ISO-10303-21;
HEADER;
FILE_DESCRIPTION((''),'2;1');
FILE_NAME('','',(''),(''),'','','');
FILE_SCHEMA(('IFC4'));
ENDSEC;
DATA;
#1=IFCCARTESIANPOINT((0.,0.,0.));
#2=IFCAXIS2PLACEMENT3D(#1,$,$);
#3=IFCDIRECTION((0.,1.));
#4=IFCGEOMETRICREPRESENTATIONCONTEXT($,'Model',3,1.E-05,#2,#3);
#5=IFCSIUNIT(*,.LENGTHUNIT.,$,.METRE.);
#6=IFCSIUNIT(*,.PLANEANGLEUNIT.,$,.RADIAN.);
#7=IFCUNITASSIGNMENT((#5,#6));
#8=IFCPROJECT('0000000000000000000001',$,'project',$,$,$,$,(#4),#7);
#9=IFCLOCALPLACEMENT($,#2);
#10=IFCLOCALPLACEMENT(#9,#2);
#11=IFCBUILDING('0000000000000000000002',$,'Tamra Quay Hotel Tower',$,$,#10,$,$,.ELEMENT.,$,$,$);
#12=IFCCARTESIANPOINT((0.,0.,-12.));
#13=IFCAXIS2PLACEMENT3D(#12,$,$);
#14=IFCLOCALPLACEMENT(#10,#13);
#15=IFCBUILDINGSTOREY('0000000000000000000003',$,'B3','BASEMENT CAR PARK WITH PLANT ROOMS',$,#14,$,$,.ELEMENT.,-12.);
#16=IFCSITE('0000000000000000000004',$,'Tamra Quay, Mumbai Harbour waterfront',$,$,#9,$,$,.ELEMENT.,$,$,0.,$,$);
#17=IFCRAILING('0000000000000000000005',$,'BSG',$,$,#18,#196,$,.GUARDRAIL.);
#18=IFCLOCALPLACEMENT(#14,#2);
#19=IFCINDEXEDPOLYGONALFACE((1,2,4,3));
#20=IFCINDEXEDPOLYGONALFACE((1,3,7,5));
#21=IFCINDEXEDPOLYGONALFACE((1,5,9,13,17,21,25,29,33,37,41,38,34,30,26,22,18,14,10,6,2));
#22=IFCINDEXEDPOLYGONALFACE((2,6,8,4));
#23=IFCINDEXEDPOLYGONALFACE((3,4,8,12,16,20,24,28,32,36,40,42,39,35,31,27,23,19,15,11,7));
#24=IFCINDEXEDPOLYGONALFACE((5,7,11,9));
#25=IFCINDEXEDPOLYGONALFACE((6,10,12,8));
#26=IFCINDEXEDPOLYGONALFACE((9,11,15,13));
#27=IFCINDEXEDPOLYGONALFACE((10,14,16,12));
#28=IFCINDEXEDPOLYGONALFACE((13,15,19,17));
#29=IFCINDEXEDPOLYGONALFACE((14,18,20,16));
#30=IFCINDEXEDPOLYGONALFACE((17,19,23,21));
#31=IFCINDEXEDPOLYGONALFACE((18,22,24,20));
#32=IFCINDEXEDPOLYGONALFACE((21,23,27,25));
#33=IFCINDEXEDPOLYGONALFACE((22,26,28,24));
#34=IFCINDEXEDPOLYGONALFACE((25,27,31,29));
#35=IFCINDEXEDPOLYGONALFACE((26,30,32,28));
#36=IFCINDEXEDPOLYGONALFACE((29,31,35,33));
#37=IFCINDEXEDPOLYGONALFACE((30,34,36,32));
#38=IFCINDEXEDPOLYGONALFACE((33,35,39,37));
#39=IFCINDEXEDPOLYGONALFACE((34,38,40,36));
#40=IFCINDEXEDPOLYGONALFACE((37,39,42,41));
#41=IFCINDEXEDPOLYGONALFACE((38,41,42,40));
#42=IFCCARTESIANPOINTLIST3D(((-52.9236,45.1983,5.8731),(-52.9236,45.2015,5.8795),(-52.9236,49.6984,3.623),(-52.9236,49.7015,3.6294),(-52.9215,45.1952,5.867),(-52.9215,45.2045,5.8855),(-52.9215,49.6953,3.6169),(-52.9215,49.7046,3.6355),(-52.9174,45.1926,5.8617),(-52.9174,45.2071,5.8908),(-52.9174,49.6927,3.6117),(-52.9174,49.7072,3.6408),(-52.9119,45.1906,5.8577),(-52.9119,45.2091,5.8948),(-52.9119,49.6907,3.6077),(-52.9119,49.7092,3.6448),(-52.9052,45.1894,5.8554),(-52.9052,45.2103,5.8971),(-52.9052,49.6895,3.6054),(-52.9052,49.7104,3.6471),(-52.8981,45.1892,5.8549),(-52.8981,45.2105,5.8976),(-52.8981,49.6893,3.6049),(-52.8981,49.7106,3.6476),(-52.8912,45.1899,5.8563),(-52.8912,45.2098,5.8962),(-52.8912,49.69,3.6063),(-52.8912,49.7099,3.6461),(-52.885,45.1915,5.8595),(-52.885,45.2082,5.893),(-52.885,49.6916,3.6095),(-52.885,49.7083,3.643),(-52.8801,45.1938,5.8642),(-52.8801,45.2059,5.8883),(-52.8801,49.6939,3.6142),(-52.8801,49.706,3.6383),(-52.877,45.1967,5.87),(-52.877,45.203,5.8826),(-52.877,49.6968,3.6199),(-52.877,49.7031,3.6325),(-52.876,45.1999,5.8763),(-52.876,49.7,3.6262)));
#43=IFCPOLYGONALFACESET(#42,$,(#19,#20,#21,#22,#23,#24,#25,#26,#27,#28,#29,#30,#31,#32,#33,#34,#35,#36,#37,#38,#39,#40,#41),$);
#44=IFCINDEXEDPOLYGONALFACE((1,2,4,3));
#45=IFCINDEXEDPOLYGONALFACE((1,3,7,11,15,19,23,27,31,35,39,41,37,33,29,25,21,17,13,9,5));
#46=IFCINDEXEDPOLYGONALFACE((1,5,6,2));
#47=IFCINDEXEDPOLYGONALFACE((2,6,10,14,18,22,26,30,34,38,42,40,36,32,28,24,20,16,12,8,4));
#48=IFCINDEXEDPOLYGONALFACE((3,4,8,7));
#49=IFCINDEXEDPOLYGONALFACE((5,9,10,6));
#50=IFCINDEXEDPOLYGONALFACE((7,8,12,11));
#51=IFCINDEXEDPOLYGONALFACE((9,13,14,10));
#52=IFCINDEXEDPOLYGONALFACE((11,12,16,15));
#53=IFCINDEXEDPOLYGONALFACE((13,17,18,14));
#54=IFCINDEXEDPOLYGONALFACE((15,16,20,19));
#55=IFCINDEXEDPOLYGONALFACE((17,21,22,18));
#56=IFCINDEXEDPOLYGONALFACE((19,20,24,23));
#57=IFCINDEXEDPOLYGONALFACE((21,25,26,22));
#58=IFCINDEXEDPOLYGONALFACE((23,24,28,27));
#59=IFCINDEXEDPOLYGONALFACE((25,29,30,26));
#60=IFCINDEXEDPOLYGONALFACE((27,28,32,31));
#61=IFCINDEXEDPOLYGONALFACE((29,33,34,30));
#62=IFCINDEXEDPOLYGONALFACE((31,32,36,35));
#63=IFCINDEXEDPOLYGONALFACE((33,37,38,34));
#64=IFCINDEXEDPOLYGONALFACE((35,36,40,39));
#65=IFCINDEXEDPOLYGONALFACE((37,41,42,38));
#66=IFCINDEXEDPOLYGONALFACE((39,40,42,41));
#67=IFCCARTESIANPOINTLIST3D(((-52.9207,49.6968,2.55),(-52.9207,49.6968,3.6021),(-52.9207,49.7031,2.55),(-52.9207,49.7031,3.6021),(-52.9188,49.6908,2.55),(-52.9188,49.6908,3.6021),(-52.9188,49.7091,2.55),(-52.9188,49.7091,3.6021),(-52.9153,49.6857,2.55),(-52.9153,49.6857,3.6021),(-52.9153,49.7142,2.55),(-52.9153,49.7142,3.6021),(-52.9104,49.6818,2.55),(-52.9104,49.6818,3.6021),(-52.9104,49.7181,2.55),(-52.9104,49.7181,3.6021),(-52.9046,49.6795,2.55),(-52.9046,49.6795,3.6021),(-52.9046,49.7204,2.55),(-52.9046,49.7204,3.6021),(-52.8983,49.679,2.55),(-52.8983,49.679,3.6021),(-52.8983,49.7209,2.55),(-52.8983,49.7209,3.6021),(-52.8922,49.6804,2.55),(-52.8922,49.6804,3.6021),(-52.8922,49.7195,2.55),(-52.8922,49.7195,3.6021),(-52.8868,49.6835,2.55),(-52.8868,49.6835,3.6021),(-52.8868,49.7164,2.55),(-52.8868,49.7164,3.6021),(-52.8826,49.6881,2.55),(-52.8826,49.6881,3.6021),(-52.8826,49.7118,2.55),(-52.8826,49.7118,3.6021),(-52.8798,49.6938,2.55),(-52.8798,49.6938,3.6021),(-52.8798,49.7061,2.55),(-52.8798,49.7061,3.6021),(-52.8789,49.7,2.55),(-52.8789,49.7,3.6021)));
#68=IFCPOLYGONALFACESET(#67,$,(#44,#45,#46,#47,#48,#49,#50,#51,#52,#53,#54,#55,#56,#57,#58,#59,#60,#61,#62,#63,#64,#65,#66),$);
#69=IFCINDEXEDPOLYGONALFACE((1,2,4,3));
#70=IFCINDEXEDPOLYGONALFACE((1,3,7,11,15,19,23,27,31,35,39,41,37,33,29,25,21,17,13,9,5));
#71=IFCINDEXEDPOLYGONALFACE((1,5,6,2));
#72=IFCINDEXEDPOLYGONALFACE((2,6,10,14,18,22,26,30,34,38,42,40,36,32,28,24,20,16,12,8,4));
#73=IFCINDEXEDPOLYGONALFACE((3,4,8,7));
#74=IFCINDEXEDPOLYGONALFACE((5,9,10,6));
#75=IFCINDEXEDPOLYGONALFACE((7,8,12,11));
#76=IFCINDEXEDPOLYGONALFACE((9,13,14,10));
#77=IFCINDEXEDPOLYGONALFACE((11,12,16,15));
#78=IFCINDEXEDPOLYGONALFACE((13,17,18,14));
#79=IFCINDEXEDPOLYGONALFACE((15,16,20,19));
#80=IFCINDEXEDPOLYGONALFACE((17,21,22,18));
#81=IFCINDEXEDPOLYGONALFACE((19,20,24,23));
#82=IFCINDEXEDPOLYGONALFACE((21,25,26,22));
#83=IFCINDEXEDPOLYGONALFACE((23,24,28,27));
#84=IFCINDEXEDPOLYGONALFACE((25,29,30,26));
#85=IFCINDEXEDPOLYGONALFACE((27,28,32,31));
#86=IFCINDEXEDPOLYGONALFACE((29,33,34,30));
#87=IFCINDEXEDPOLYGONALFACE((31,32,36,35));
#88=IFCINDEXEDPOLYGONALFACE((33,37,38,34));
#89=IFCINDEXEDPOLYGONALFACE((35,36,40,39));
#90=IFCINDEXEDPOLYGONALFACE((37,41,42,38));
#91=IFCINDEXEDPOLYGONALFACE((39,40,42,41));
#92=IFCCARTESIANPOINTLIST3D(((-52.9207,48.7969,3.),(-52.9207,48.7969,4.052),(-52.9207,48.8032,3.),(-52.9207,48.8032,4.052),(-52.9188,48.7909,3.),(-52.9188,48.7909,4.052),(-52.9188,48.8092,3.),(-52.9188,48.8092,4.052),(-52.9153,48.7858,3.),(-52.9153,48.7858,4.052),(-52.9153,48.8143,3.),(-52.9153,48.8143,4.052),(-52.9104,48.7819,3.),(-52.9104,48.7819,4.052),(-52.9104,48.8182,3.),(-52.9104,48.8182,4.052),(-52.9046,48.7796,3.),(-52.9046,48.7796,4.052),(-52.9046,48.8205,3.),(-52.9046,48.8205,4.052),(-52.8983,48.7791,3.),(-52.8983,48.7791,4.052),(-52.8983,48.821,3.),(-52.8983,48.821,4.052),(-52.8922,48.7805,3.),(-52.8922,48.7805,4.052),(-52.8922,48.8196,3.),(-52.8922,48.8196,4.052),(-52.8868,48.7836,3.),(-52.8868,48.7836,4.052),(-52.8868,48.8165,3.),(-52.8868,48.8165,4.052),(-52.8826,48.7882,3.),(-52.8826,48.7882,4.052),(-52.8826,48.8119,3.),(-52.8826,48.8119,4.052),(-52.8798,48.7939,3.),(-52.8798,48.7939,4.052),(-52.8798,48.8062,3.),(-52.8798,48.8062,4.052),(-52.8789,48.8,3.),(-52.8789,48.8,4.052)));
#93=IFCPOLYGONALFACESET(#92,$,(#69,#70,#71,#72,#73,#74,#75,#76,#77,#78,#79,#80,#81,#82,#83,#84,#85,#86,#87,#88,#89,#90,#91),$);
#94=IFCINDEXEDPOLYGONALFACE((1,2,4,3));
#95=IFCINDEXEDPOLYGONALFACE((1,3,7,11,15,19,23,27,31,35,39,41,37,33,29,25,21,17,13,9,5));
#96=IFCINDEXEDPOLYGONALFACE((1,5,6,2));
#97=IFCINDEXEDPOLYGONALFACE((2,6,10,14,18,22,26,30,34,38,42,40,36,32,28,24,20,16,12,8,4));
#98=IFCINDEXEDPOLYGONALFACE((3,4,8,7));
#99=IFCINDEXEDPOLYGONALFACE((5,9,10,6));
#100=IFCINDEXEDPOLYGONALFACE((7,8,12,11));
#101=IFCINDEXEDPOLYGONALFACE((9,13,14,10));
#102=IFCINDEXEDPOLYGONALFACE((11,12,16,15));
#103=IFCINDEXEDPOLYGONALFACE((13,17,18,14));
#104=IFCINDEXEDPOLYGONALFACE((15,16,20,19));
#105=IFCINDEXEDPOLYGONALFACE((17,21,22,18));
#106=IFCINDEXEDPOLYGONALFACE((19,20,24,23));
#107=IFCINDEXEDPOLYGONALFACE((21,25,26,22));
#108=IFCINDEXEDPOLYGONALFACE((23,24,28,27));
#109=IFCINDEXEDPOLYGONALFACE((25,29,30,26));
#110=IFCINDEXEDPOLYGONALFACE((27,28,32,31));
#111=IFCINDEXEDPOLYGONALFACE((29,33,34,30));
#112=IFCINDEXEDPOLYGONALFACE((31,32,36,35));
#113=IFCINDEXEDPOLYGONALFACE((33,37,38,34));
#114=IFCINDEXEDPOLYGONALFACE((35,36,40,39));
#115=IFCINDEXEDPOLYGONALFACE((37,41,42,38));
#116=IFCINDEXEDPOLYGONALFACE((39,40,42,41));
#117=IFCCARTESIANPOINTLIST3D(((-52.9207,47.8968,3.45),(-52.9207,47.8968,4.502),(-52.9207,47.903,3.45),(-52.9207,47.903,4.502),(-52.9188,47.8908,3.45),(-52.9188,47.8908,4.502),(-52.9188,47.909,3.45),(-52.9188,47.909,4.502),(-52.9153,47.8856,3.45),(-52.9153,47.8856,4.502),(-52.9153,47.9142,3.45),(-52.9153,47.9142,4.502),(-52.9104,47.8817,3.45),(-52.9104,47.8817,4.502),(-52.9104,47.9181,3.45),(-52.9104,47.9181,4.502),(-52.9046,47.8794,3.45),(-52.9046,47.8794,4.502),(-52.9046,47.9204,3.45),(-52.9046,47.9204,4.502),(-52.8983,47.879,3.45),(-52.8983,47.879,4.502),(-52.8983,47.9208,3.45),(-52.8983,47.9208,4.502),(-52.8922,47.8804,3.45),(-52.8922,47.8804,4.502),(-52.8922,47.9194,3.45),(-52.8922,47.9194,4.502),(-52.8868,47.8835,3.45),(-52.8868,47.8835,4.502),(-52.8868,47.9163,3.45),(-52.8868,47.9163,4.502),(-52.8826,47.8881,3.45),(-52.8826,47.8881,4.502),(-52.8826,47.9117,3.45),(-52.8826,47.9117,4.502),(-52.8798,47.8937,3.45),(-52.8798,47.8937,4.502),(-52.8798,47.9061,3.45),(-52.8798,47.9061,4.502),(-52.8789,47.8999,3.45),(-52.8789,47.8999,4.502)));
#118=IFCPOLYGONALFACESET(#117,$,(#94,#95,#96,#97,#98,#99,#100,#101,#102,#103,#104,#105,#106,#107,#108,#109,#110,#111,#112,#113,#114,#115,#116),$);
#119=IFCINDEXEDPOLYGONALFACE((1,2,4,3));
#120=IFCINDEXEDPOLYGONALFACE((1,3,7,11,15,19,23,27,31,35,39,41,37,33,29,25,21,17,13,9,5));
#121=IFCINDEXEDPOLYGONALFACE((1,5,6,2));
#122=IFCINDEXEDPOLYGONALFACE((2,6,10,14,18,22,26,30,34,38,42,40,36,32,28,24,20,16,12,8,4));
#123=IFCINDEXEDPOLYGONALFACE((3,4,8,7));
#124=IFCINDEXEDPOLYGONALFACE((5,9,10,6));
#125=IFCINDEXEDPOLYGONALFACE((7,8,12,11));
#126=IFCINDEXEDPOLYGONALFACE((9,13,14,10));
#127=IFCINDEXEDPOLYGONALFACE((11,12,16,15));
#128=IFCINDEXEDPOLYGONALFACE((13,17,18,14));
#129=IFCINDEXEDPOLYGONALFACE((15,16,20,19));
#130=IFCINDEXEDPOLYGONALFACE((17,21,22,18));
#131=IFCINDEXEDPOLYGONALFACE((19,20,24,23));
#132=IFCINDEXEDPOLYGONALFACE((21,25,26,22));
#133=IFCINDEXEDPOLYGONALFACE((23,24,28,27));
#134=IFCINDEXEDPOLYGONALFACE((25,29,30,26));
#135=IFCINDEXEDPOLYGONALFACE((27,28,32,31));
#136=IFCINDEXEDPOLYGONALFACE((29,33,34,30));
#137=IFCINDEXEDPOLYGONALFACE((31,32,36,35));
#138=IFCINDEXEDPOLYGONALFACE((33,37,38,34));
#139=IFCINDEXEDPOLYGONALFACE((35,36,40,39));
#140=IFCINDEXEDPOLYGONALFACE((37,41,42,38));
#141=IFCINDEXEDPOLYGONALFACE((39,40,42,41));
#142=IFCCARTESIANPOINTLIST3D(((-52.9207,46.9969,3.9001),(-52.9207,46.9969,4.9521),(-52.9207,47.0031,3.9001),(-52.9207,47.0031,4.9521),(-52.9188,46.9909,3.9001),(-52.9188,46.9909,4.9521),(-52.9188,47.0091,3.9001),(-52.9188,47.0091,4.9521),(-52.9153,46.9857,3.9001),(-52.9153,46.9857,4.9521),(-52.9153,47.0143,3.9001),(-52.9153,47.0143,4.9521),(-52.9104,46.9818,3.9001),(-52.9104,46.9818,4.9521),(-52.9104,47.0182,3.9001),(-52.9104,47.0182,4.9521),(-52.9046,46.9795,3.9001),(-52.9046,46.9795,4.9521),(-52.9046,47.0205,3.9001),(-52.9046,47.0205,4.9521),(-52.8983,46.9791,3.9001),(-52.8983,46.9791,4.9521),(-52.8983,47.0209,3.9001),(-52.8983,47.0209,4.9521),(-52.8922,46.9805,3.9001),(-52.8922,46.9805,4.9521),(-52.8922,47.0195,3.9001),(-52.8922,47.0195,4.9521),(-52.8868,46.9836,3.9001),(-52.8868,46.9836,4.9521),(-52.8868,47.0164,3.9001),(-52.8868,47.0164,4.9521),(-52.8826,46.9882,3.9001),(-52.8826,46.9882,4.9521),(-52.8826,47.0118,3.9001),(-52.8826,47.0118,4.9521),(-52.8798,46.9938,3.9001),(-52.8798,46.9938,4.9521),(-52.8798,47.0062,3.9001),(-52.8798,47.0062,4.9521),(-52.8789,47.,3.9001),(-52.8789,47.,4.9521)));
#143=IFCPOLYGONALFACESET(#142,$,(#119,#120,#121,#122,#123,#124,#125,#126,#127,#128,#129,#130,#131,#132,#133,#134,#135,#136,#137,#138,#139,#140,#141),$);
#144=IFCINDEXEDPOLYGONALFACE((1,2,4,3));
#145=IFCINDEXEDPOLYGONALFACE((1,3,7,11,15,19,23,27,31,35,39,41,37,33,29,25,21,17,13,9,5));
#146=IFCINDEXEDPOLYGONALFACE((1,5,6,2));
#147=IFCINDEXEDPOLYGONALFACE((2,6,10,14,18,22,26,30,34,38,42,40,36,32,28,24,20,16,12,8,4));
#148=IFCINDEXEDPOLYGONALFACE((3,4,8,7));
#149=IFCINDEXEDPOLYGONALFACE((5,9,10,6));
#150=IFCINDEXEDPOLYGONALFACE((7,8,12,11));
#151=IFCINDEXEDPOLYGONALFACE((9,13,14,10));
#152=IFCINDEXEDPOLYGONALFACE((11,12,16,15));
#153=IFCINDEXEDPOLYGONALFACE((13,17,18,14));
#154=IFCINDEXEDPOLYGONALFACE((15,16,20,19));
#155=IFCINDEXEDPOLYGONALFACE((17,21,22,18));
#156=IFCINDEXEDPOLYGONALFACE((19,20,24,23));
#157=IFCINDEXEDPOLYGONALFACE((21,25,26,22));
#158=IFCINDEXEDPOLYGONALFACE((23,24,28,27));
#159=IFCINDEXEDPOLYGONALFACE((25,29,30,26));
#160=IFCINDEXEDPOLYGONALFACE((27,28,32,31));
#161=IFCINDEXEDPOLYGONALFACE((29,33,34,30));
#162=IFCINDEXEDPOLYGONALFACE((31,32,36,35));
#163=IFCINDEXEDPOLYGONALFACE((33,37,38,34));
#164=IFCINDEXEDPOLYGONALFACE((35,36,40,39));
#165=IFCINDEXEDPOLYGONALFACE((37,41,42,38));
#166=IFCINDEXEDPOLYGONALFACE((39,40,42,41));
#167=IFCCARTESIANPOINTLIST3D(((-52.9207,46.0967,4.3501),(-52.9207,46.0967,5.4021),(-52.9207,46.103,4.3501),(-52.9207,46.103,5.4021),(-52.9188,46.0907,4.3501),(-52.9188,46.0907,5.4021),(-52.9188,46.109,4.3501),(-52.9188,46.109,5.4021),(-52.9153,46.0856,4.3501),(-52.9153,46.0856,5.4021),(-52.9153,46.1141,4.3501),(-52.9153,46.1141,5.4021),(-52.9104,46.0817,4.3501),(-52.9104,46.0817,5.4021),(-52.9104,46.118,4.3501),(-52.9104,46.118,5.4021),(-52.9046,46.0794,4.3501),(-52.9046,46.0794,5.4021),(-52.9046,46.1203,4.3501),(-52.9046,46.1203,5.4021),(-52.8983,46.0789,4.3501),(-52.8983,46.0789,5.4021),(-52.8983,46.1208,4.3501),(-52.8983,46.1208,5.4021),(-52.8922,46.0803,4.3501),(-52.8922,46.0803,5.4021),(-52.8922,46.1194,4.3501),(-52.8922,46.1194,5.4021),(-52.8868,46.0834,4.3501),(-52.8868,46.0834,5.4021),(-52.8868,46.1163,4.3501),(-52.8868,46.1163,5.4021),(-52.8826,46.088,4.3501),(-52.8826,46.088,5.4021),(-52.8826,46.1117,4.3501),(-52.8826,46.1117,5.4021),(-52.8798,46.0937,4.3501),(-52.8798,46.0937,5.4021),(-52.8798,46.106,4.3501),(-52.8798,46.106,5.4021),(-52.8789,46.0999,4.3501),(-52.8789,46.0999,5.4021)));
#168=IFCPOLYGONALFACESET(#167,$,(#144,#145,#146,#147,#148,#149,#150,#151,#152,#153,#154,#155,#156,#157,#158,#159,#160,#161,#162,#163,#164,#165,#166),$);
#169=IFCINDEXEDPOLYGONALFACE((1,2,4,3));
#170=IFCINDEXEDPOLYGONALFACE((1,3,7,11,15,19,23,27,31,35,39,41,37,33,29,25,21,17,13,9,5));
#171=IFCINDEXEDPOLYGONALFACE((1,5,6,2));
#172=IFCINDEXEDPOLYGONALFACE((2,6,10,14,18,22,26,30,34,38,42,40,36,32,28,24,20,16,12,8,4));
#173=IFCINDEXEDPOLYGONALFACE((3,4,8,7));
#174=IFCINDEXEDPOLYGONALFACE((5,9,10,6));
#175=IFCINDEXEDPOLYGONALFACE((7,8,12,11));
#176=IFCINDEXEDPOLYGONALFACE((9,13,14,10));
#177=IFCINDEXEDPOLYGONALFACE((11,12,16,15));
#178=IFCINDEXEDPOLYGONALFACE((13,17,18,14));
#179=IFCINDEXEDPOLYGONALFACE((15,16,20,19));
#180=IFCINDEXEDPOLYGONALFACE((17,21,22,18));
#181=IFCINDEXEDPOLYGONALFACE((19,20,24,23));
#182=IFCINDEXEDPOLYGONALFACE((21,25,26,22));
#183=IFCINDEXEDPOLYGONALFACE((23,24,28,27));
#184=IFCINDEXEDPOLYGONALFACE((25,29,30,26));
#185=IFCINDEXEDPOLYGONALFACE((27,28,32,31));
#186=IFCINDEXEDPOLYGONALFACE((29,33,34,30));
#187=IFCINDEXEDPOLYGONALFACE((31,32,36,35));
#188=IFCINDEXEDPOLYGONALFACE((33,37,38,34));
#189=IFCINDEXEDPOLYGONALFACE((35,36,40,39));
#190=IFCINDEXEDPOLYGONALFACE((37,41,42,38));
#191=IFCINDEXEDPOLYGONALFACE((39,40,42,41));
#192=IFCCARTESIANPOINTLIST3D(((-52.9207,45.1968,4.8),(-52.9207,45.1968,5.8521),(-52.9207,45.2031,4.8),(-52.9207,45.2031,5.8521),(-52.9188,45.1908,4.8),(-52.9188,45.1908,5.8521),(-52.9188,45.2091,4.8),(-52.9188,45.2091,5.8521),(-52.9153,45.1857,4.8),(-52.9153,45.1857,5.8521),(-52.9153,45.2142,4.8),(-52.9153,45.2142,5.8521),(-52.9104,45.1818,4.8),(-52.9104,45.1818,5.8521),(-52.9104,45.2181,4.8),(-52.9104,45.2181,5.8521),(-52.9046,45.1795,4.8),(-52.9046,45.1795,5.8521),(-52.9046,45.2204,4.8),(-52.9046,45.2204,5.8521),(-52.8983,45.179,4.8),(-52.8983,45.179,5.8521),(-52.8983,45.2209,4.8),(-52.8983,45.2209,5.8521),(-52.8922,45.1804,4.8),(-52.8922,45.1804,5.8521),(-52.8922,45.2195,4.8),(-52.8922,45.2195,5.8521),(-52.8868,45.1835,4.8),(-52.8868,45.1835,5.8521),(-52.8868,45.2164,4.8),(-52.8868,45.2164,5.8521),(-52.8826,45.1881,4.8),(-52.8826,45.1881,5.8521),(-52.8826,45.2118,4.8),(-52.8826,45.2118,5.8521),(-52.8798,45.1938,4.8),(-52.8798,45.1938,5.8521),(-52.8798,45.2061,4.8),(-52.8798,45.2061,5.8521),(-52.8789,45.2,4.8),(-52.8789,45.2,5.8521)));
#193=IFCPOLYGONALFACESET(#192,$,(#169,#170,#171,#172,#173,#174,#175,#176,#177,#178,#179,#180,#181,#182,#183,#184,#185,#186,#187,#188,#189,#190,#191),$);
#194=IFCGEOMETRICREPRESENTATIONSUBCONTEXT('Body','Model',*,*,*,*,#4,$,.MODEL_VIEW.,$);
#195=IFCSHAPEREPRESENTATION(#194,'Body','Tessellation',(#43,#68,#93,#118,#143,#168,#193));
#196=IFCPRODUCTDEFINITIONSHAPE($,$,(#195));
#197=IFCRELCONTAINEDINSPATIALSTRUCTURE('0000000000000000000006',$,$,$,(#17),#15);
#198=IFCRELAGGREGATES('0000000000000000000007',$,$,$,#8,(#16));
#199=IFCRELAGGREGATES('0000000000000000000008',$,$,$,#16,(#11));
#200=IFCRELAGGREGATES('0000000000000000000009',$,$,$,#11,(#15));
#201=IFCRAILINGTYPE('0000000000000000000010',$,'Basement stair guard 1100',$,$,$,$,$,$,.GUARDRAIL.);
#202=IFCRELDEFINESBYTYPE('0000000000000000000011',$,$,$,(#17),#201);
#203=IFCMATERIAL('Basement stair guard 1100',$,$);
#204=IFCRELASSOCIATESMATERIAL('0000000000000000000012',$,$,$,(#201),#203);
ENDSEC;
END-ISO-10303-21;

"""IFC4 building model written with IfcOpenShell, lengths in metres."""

from ifc_helpers import new_model, si_unit, direction, frame, origin, origin_2d, place, context, subcontext, project, spatial, circle, extrude, material, type_object, element, save


model = new_model("IFC4")

# Units and contexts
model_context = context("Model", 3, precision=1e-05, world=origin(), true_north=direction((0.0, 1.0)))
body_context = subcontext(model_context, "Body", "Model", "MODEL_VIEW")
ifc_project = project(units=[si_unit("LENGTHUNIT", "METRE"), si_unit("PLANEANGLEUNIT", "RADIAN")], contexts=[model_context])

# Site, building, storey
site_placement = place(None, origin())
site = spatial("IfcSite", under=ifc_project, at=site_placement, Name="Tamra Quay, Mumbai Harbour waterfront", CompositionType="ELEMENT", RefElevation=0.0)
building_placement = place(site_placement, origin())
building = spatial("IfcBuilding", under=site, at=building_placement, Name="Tamra Quay Hotel Tower", CompositionType="ELEMENT")
storey_placement = place(building_placement, frame((0.0, 0.0, -12.0)))
storey = spatial("IfcBuildingStorey", under=building, at=storey_placement, Name="B3", Description="BASEMENT CAR PARK WITH PLANT ROOMS", CompositionType="ELEMENT", Elevation=-12.0)

# Railing
ifc_material_1 = material(Name="Basement stair guard 1100")
railing_type_1 = type_object("IfcRailingType", Name="Basement stair guard 1100", PredefinedType="GUARDRAIL", material=ifc_material_1)
railing_1_placement = place(storey_placement, frame((-52.8999, 49.7, 2.55)))
element("IfcRailing", 1, at=railing_1_placement, inside=storey, type_object=railing_type_1, Name="BSG", PredefinedType="GUARDRAIL", context=body_context, shape_type="SweptSolid", body=[
    extrude(circle(Radius=0.0239, at=origin_2d()), frame((0.0, 0.0, 1.0762), z_axis=(0.0, -0.894427, 0.447214), x_axis=(1.0, 0.0, 0.0)), (0.0, 0.0, 1.0), 5.0312),
    extrude(circle(Radius=0.021, at=origin_2d()), origin(), (0.0, 0.0, 1.0), 1.052),
    extrude(circle(Radius=0.021, at=origin_2d()), frame((0.0, -0.8999, 0.45)), (0.0, 0.0, 1.0), 1.052),
    extrude(circle(Radius=0.021, at=origin_2d()), frame((0.0, -1.8, 0.8999)), (0.0, 0.0, 1.0), 1.052),
    extrude(circle(Radius=0.021, at=origin_2d()), frame((0.0, -2.7, 1.3501)), (0.0, 0.0, 1.0), 1.052),
    extrude(circle(Radius=0.021, at=origin_2d()), frame((0.0, -3.6001, 1.8)), (0.0, 0.0, 1.0), 1.052),
    extrude(circle(Radius=0.021, at=origin_2d()), frame((0.0, -4.5, 2.25)), (0.0, 0.0, 1.0), 1.052),
])

save(model, "model.ifc")
